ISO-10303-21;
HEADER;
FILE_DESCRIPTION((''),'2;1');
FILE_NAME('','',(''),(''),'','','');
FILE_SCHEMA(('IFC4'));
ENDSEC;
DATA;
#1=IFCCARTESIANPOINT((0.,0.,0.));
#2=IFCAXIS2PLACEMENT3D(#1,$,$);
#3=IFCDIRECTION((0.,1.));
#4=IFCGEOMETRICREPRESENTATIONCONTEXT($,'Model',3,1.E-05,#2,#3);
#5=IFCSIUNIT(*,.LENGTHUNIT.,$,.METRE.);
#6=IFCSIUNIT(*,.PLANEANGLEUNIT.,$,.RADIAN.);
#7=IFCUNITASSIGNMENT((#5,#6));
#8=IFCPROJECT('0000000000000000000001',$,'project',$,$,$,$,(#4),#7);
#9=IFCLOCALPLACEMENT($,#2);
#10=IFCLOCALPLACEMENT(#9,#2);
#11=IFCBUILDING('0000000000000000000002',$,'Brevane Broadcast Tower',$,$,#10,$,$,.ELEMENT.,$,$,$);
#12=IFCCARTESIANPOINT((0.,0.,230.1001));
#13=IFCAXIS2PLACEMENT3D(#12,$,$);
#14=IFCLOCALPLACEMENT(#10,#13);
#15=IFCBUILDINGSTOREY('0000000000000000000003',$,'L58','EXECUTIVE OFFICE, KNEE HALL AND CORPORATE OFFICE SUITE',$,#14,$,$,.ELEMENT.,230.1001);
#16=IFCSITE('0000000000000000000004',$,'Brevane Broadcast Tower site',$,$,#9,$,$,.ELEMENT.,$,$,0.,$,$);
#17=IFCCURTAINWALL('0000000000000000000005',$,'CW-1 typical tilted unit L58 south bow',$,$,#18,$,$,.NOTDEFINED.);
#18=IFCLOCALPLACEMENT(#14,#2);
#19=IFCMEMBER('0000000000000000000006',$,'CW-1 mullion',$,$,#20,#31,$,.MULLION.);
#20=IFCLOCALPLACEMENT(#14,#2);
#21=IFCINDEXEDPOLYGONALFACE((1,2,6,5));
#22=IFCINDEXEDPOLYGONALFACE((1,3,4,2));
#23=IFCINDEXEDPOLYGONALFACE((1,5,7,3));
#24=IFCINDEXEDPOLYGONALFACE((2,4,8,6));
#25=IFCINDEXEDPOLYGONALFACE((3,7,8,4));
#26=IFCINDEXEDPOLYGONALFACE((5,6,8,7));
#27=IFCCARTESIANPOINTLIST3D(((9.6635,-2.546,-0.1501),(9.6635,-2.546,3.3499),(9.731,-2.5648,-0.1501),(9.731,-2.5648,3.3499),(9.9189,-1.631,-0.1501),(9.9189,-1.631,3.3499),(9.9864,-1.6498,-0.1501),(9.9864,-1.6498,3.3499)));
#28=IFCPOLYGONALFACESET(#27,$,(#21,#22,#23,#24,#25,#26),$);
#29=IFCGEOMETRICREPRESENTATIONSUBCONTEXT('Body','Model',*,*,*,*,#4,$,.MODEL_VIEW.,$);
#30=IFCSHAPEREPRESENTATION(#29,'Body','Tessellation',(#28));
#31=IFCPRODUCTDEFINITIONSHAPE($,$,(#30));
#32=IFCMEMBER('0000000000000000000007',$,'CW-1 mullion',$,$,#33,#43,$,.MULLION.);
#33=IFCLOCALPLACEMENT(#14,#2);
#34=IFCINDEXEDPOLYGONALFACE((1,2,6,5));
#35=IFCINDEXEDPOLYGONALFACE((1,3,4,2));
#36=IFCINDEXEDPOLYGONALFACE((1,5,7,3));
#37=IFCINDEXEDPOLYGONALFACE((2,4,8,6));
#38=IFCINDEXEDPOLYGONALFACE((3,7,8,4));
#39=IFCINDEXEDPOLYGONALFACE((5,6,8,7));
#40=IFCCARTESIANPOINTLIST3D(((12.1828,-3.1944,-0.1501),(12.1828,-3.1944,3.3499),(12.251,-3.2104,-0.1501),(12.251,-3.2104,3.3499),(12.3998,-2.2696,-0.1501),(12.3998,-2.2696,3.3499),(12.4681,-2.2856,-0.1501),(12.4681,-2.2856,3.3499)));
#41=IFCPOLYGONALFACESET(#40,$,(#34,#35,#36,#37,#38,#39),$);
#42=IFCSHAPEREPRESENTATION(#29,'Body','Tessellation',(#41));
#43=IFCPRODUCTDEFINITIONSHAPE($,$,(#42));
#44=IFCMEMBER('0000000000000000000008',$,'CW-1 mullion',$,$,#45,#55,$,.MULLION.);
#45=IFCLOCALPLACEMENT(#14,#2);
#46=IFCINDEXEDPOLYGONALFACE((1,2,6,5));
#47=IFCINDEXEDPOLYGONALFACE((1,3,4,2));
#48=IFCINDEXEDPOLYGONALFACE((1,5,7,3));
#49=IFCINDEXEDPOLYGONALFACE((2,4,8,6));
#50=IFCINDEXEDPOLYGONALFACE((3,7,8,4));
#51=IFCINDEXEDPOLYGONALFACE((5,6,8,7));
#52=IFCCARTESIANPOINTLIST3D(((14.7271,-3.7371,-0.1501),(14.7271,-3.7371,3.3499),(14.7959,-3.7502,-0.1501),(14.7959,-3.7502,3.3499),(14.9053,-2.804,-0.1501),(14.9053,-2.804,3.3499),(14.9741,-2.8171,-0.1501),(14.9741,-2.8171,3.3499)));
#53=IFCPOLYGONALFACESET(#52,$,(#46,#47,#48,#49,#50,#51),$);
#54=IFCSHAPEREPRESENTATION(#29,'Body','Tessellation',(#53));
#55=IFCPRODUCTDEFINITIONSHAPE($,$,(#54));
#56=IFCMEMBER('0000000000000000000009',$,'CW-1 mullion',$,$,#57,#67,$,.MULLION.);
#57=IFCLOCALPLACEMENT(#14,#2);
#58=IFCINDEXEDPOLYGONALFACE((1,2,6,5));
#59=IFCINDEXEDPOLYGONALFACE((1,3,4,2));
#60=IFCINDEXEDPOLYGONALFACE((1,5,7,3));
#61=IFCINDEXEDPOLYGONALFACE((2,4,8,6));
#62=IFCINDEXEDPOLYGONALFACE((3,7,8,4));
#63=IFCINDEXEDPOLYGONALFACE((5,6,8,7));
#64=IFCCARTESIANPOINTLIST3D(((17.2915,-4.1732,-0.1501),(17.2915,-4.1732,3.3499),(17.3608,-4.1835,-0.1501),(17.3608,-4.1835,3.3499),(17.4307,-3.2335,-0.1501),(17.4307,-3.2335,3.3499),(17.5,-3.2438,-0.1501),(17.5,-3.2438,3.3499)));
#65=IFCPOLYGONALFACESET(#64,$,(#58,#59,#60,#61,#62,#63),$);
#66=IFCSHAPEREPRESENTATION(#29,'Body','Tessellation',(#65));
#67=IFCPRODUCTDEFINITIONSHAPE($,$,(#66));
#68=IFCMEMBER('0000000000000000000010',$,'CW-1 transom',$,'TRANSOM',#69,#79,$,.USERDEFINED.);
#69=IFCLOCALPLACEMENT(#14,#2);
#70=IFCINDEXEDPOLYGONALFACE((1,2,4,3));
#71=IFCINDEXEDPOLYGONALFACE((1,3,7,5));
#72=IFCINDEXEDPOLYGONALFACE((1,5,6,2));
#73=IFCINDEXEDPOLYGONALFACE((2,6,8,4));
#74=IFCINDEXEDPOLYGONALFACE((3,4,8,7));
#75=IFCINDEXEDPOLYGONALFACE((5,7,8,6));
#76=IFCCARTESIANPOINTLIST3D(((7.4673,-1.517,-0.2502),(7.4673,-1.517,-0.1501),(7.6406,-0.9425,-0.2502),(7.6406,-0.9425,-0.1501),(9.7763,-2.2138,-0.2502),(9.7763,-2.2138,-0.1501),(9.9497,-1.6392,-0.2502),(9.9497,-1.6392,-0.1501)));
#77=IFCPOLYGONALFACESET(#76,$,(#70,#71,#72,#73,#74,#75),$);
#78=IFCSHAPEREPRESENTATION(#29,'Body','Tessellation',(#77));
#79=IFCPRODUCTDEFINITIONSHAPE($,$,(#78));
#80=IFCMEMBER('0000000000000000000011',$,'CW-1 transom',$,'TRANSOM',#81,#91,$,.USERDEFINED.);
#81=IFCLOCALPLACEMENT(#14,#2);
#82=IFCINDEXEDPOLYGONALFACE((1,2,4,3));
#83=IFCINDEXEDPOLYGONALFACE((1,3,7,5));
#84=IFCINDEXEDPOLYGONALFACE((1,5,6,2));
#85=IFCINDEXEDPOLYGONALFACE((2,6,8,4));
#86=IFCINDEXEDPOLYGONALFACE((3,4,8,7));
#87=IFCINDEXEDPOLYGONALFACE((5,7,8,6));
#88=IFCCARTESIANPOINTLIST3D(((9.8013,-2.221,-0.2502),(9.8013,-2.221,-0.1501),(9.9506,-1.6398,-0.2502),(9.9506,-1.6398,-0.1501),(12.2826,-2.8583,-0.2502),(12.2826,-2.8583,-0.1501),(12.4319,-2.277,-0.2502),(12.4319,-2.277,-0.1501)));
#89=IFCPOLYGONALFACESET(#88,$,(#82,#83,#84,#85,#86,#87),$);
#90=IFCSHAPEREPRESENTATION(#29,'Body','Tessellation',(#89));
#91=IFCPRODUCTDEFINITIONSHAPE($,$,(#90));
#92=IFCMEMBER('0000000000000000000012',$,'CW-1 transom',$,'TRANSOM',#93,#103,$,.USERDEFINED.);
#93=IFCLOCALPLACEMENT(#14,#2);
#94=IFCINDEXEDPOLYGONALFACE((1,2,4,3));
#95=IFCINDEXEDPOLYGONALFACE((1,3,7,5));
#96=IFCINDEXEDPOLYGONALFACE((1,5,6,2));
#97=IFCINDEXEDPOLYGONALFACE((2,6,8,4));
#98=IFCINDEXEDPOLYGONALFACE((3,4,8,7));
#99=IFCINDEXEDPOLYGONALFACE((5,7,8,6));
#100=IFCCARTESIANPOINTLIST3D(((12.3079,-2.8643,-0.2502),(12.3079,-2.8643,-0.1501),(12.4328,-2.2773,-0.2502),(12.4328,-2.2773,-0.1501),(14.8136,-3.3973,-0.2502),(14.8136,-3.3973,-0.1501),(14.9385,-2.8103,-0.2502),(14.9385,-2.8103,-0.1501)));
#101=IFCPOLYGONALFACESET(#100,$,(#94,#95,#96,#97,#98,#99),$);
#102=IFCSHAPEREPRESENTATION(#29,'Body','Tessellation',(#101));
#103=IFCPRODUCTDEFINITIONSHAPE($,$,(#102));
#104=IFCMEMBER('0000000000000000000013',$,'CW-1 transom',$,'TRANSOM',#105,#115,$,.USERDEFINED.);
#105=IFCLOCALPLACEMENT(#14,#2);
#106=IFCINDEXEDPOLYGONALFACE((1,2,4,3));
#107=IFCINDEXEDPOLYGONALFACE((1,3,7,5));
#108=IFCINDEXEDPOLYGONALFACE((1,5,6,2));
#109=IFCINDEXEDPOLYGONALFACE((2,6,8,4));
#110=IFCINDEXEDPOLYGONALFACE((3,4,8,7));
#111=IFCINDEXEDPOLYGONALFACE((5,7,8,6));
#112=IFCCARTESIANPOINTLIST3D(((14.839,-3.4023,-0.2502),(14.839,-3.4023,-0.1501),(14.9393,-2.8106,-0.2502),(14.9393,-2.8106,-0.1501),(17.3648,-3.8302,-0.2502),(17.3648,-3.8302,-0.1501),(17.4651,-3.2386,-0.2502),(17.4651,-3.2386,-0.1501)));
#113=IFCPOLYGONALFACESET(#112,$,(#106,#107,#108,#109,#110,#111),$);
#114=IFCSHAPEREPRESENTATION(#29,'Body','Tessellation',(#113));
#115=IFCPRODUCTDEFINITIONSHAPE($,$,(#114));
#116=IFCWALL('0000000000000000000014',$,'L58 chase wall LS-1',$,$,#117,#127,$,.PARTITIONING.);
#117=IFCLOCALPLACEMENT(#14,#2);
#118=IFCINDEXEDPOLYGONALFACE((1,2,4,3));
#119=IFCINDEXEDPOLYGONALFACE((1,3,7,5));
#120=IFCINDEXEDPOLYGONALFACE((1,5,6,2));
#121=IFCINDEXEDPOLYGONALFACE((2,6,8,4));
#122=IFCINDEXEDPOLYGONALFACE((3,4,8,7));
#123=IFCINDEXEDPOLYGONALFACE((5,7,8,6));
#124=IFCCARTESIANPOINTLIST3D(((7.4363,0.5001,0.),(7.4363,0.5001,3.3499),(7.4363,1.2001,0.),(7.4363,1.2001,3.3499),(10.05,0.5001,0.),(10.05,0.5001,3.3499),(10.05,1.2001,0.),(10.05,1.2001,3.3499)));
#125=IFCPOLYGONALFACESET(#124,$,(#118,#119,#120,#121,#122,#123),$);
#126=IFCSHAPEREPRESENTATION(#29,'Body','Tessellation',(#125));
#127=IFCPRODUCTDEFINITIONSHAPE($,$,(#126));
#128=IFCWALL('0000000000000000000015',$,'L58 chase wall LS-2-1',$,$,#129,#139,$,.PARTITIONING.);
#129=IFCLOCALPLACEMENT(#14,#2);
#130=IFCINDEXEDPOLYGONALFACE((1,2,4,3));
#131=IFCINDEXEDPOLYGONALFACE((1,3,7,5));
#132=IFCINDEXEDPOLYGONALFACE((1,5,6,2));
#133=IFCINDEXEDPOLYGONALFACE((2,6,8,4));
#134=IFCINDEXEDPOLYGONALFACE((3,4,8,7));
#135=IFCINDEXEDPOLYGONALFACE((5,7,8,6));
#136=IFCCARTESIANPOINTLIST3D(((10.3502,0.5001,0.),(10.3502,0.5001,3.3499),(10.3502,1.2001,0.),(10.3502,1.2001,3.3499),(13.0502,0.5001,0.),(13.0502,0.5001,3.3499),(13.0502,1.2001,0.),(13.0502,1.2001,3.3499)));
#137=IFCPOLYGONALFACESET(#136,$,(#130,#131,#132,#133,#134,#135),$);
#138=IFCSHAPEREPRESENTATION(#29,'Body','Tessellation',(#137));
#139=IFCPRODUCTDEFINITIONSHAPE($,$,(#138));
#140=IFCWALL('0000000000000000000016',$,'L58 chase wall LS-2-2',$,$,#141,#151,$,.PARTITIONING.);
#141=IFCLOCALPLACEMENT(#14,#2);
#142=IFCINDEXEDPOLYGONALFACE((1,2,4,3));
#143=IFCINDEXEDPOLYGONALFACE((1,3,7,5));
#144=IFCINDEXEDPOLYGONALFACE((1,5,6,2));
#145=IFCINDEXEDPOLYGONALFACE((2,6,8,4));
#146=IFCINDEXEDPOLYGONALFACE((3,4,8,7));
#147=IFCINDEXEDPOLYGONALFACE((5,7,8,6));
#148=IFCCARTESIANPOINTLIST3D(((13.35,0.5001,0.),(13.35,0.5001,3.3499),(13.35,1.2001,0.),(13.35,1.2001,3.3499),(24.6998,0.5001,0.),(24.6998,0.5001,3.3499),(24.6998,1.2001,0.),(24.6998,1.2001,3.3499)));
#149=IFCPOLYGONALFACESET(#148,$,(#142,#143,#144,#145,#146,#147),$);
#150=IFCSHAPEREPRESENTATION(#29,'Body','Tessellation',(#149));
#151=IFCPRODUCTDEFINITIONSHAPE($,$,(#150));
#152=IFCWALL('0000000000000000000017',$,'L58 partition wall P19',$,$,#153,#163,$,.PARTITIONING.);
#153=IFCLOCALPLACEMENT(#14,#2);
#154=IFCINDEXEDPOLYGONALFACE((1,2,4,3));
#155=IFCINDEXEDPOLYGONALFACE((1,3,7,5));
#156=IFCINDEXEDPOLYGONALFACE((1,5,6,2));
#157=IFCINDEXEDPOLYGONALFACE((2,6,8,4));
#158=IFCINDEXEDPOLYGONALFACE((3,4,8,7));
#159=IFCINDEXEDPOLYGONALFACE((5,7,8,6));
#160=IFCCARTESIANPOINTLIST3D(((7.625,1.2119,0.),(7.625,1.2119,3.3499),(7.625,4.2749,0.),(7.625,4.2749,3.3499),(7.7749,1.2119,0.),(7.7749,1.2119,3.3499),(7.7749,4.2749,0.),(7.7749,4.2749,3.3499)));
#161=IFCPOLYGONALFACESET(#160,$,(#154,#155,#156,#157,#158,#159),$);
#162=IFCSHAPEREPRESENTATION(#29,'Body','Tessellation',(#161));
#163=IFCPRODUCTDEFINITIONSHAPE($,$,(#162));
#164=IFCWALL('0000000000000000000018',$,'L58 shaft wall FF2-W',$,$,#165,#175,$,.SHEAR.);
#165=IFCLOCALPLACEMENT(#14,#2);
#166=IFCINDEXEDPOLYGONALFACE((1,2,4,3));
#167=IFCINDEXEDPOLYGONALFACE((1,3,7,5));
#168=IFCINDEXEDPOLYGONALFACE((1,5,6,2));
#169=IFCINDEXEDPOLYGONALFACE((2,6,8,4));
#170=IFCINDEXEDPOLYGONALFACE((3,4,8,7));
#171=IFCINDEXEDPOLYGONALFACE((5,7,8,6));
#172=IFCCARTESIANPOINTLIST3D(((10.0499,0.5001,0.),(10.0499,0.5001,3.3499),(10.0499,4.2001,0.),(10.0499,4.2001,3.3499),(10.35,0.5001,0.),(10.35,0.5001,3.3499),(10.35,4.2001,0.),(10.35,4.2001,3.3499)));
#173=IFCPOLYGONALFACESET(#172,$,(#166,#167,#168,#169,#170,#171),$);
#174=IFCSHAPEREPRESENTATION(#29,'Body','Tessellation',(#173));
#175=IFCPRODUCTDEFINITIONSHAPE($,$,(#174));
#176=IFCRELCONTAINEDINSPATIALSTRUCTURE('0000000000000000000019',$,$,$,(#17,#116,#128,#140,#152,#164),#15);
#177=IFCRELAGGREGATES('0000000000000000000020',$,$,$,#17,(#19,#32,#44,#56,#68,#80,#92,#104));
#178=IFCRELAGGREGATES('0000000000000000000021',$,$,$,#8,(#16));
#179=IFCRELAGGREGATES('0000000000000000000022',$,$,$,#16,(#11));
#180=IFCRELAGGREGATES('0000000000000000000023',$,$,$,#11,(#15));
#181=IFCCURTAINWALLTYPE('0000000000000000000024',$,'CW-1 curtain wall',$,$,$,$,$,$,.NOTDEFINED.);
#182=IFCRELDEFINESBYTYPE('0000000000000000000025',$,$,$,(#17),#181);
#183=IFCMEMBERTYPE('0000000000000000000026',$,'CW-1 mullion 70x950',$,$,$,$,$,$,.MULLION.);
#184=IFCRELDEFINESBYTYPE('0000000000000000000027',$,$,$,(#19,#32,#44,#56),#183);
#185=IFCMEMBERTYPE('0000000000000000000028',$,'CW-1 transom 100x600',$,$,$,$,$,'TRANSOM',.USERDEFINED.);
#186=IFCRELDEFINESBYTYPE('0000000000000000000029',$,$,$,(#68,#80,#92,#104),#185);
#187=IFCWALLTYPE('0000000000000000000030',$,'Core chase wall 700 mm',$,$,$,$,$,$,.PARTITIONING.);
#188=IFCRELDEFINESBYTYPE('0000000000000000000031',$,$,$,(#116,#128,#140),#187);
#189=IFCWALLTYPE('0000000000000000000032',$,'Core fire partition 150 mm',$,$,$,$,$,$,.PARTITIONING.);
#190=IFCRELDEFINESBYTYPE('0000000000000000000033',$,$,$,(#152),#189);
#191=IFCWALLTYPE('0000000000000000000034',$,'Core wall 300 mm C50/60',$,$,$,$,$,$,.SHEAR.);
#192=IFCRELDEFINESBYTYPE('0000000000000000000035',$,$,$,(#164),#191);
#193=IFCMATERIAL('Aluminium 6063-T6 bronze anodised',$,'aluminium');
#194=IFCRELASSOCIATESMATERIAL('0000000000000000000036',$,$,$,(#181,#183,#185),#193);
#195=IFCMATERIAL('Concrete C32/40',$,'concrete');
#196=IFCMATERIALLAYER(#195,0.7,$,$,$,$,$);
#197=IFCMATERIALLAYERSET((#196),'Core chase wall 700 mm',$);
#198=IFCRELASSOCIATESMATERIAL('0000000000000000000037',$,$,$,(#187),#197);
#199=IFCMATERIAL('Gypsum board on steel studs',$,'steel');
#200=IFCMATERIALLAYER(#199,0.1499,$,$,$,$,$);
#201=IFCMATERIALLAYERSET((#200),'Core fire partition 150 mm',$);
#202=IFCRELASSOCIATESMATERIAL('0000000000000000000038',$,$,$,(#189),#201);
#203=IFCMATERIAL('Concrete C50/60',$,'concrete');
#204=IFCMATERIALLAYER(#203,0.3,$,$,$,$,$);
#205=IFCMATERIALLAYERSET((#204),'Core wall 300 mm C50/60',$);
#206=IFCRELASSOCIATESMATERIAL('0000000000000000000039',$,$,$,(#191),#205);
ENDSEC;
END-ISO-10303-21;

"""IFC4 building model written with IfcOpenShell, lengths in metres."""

from ifc_helpers import new_model, si_unit, direction, frame, frame_2d, origin, origin_2d, place, context, subcontext, project, spatial, rectangle, extrude, material, layer, layer_set, material_profile, profile_set, type_object, element, aggregate, save


model = new_model("IFC4")

# Units and contexts
model_context = context("Model", 3, precision=1e-05, world=origin(), true_north=direction((0.0, 1.0)))
body_context = subcontext(model_context, "Body", "Model", "MODEL_VIEW")
ifc_project = project(units=[si_unit("LENGTHUNIT", "METRE"), si_unit("PLANEANGLEUNIT", "RADIAN")], contexts=[model_context])

# Site, building, storey
site_placement = place(None, origin())
site = spatial("IfcSite", under=ifc_project, at=site_placement, Name="Brevane Broadcast Tower site", CompositionType="ELEMENT", RefElevation=0.0)
building_placement = place(site_placement, origin())
building = spatial("IfcBuilding", under=site, at=building_placement, Name="Brevane Broadcast Tower", CompositionType="ELEMENT")
storey_placement = place(building_placement, frame((0.0, 0.0, 230.1001)))
storey = spatial("IfcBuildingStorey", under=building, at=storey_placement, Name="L58", Description="EXECUTIVE OFFICE, KNEE HALL AND CORPORATE OFFICE SUITE", CompositionType="ELEMENT", Elevation=230.1001)

# Curtain wall, members
ifc_material_1 = material(Name="Aluminium 6063-T6 bronze anodised", Category="aluminium")
curtain_wall_type = type_object("IfcCurtainWallType", Name="CW-1 curtain wall", PredefinedType="NOTDEFINED", material=ifc_material_1)
curtain_wall_placement = place(storey_placement, origin())
curtain_wall = element("IfcCurtainWall", 1, at=curtain_wall_placement, inside=storey, type_object=curtain_wall_type, Name="CW-1 typical tilted unit L58 south bow", PredefinedType="NOTDEFINED")
ifc_material_profile_1 = material_profile(ifc_material_1, rectangle(XDim=0.95, YDim=0.0701, at=origin_2d()), Name="RECT 70x950")
ifc_profile_set_1 = profile_set([ifc_material_profile_1], Name="Aluminium 6063-T6 bronze anodised")
member_type_1 = type_object("IfcMemberType", Name="CW-1 mullion 70x950", PredefinedType="MULLION", material=ifc_profile_set_1)
member_1_placement = place(storey_placement, frame((9.825, -2.0979, -0.1501), z_axis=(0.0, 0.0, 1.0), x_axis=(0.268916, 0.963164, 0.0)))
member_1 = element("IfcMember", 2, at=member_1_placement, type_object=member_type_1, Name="CW-1 mullion", PredefinedType="MULLION", context=body_context, shape_type="SweptSolid", body=[
    extrude(rectangle(XDim=0.95, YDim=0.0701, at=origin_2d()), origin(), (0.0, 0.0, 1.0), 3.5),
])
member_2_placement = place(storey_placement, frame((12.3254, -2.74, -0.1501), z_axis=(0.0, 0.0, 1.0), x_axis=(0.228467, 0.973552, 0.0)))
member_2 = element("IfcMember", 3, at=member_2_placement, type_object=member_type_1, Name="CW-1 mullion", PredefinedType="MULLION", context=body_context, shape_type="SweptSolid", body=[
    extrude(rectangle(XDim=0.95, YDim=0.0701, at=origin_2d()), origin(), (0.0, 0.0, 1.0), 3.5),
])
member_3_placement = place(storey_placement, frame((14.8506, -3.2771, -0.1501), z_axis=(0.0, 0.0, 1.0), x_axis=(0.187621, 0.982242, 0.0)))
member_3 = element("IfcMember", 4, at=member_3_placement, type_object=member_type_1, Name="CW-1 mullion", PredefinedType="MULLION", context=body_context, shape_type="SweptSolid", body=[
    extrude(rectangle(XDim=0.95, YDim=0.0701, at=origin_2d()), origin(), (0.0, 0.0, 1.0), 3.5),
])
member_4_placement = place(storey_placement, frame((17.3958, -3.7085, -0.1501), z_axis=(0.0, 0.0, 1.0), x_axis=(0.146447, 0.989218, 0.0)))
member_4 = element("IfcMember", 5, at=member_4_placement, type_object=member_type_1, Name="CW-1 mullion", PredefinedType="MULLION", context=body_context, shape_type="SweptSolid", body=[
    extrude(rectangle(XDim=0.95, YDim=0.0701, at=origin_2d()), origin(), (0.0, 0.0, 1.0), 3.5),
])
ifc_material_profile_2 = material_profile(ifc_material_1, rectangle(XDim=0.6001, YDim=0.1001, at=origin_2d()), Name="RECT 100x600")
ifc_profile_set_2 = profile_set([ifc_material_profile_2], Name="Aluminium 6063-T6 bronze anodised")
member_type_2 = type_object("IfcMemberType", Name="CW-1 transom 100x600", ElementType="TRANSOM", PredefinedType="USERDEFINED", material=ifc_profile_set_2)
member_5_placement = place(storey_placement, frame((7.554, -1.2297, -0.2002), z_axis=(0.957363, -0.288889, 0.0), x_axis=(0.288889, 0.957363, 0.0)))
member_5 = element("IfcMember", 6, at=member_5_placement, type_object=member_type_2, Name="CW-1 transom", ObjectType="TRANSOM", PredefinedType="USERDEFINED", context=body_context, shape_type="SweptSolid", body=[
    extrude(rectangle(XDim=0.6001, YDim=0.1001, at=origin_2d()), origin(), (0.0, 0.0, 1.0), 2.4119),
])
member_6_placement = place(storey_placement, frame((9.876, -1.9304, -0.2002), z_axis=(0.96857, -0.248742, 0.0), x_axis=(0.248742, 0.96857, 0.0)))
member_6 = element("IfcMember", 7, at=member_6_placement, type_object=member_type_2, Name="CW-1 transom", ObjectType="TRANSOM", PredefinedType="USERDEFINED", context=body_context, shape_type="SweptSolid", body=[
    extrude(rectangle(XDim=0.6001, YDim=0.1001, at=origin_2d()), origin(), (0.0, 0.0, 1.0), 2.5618),
])
member_7_placement = place(storey_placement, frame((12.3704, -2.5708, -0.2002), z_axis=(0.978118, -0.208051, 0.0), x_axis=(0.208051, 0.978118, 0.0)))
member_7 = element("IfcMember", 8, at=member_7_placement, type_object=member_type_2, Name="CW-1 transom", ObjectType="TRANSOM", PredefinedType="USERDEFINED", context=body_context, shape_type="SweptSolid", body=[
    extrude(rectangle(XDim=0.6001, YDim=0.1001, at=origin_2d()), origin(), (0.0, 0.0, 1.0), 2.5618),
])
member_8_placement = place(storey_placement, frame((14.8892, -3.1064, -0.2002), z_axis=(0.985947, -0.167056, 0.0), x_axis=(0.167056, 0.985947, 0.0)))
member_8 = element("IfcMember", 9, at=member_8_placement, type_object=member_type_2, Name="CW-1 transom", ObjectType="TRANSOM", PredefinedType="USERDEFINED", context=body_context, shape_type="SweptSolid", body=[
    extrude(rectangle(XDim=0.6001, YDim=0.1001, at=origin_2d()), origin(), (0.0, 0.0, 1.0), 2.5618),
])
aggregate(curtain_wall, [member_1, member_2, member_3, member_4, member_5, member_6, member_7, member_8])

# Walls
ifc_material_2 = material(Name="Concrete C32/40", Category="concrete")
ifc_layer_1 = layer(ifc_material_2, 0.7)
ifc_layer_set_1 = layer_set([ifc_layer_1], Name="Core chase wall 700 mm")
wall_type_1 = type_object("IfcWallType", Name="Core chase wall 700 mm", PredefinedType="PARTITIONING", material=ifc_layer_set_1)
wall_1_placement = place(storey_placement, frame((7.4363, 0.8501, 0.0), z_axis=(0.0, 0.0, 1.0), x_axis=(1.0, 0.0, 0.0)))
element("IfcWall", 10, at=wall_1_placement, inside=storey, type_object=wall_type_1, Name="L58 chase wall LS-1", PredefinedType="PARTITIONING", context=body_context, shape_type="SweptSolid", body=[
    extrude(rectangle(XDim=2.6138, YDim=0.7, at=frame_2d((1.3069, 0.0))), origin(), (0.0, 0.0, 1.0), 3.3499),
])
wall_2_placement = place(storey_placement, frame((10.3501, 0.8501, 0.0), z_axis=(0.0, 0.0, 1.0), x_axis=(1.0, 0.0, 0.0)))
element("IfcWall", 11, at=wall_2_placement, inside=storey, type_object=wall_type_1, Name="L58 chase wall LS-2-1", PredefinedType="PARTITIONING", context=body_context, shape_type="SweptSolid", body=[
    extrude(rectangle(XDim=2.7, YDim=0.7, at=frame_2d((1.3501, 0.0))), origin(), (0.0, 0.0, 1.0), 3.3499),
])
wall_3_placement = place(storey_placement, frame((13.3501, 0.8501, 0.0), z_axis=(0.0, 0.0, 1.0), x_axis=(1.0, 0.0, 0.0)))
element("IfcWall", 12, at=wall_3_placement, inside=storey, type_object=wall_type_1, Name="L58 chase wall LS-2-2", PredefinedType="PARTITIONING", context=body_context, shape_type="SweptSolid", body=[
    extrude(rectangle(XDim=11.3499, YDim=0.7, at=frame_2d((5.6748, 0.0))), origin(), (0.0, 0.0, 1.0), 3.3499),
])
ifc_material_3 = material(Name="Gypsum board on steel studs", Category="steel")
ifc_layer_2 = layer(ifc_material_3, 0.1499)
ifc_layer_set_2 = layer_set([ifc_layer_2], Name="Core fire partition 150 mm")
wall_type_2 = type_object("IfcWallType", Name="Core fire partition 150 mm", PredefinedType="PARTITIONING", material=ifc_layer_set_2)
wall_4_placement = place(storey_placement, frame((7.7, 4.2749, 0.0), z_axis=(0.0, 0.0, 1.0), x_axis=(0.0, -1.0, 0.0)))
element("IfcWall", 13, at=wall_4_placement, inside=storey, type_object=wall_type_2, Name="L58 partition wall P19", PredefinedType="PARTITIONING", context=body_context, shape_type="SweptSolid", body=[
    extrude(rectangle(XDim=3.063, YDim=0.1499, at=frame_2d((1.5315, 0.0))), origin(), (0.0, 0.0, 1.0), 3.3499),
])
ifc_material_4 = material(Name="Concrete C50/60", Category="concrete")
ifc_layer_3 = layer(ifc_material_4, 0.3)
ifc_layer_set_3 = layer_set([ifc_layer_3], Name="Core wall 300 mm C50/60")
wall_type_3 = type_object("IfcWallType", Name="Core wall 300 mm C50/60", PredefinedType="SHEAR", material=ifc_layer_set_3)
wall_5_placement = place(storey_placement, frame((10.2, 0.5, 0.0), z_axis=(0.0, 0.0, 1.0), x_axis=(0.0, 1.0, 0.0)))
element("IfcWall", 14, at=wall_5_placement, inside=storey, type_object=wall_type_3, Name="L58 shaft wall FF2-W", PredefinedType="SHEAR", context=body_context, shape_type="SweptSolid", body=[
    extrude(rectangle(XDim=3.7, YDim=0.3, at=frame_2d((1.8501, 0.0))), origin(), (0.0, 0.0, 1.0), 3.3499),
])

save(model, "model.ifc")
